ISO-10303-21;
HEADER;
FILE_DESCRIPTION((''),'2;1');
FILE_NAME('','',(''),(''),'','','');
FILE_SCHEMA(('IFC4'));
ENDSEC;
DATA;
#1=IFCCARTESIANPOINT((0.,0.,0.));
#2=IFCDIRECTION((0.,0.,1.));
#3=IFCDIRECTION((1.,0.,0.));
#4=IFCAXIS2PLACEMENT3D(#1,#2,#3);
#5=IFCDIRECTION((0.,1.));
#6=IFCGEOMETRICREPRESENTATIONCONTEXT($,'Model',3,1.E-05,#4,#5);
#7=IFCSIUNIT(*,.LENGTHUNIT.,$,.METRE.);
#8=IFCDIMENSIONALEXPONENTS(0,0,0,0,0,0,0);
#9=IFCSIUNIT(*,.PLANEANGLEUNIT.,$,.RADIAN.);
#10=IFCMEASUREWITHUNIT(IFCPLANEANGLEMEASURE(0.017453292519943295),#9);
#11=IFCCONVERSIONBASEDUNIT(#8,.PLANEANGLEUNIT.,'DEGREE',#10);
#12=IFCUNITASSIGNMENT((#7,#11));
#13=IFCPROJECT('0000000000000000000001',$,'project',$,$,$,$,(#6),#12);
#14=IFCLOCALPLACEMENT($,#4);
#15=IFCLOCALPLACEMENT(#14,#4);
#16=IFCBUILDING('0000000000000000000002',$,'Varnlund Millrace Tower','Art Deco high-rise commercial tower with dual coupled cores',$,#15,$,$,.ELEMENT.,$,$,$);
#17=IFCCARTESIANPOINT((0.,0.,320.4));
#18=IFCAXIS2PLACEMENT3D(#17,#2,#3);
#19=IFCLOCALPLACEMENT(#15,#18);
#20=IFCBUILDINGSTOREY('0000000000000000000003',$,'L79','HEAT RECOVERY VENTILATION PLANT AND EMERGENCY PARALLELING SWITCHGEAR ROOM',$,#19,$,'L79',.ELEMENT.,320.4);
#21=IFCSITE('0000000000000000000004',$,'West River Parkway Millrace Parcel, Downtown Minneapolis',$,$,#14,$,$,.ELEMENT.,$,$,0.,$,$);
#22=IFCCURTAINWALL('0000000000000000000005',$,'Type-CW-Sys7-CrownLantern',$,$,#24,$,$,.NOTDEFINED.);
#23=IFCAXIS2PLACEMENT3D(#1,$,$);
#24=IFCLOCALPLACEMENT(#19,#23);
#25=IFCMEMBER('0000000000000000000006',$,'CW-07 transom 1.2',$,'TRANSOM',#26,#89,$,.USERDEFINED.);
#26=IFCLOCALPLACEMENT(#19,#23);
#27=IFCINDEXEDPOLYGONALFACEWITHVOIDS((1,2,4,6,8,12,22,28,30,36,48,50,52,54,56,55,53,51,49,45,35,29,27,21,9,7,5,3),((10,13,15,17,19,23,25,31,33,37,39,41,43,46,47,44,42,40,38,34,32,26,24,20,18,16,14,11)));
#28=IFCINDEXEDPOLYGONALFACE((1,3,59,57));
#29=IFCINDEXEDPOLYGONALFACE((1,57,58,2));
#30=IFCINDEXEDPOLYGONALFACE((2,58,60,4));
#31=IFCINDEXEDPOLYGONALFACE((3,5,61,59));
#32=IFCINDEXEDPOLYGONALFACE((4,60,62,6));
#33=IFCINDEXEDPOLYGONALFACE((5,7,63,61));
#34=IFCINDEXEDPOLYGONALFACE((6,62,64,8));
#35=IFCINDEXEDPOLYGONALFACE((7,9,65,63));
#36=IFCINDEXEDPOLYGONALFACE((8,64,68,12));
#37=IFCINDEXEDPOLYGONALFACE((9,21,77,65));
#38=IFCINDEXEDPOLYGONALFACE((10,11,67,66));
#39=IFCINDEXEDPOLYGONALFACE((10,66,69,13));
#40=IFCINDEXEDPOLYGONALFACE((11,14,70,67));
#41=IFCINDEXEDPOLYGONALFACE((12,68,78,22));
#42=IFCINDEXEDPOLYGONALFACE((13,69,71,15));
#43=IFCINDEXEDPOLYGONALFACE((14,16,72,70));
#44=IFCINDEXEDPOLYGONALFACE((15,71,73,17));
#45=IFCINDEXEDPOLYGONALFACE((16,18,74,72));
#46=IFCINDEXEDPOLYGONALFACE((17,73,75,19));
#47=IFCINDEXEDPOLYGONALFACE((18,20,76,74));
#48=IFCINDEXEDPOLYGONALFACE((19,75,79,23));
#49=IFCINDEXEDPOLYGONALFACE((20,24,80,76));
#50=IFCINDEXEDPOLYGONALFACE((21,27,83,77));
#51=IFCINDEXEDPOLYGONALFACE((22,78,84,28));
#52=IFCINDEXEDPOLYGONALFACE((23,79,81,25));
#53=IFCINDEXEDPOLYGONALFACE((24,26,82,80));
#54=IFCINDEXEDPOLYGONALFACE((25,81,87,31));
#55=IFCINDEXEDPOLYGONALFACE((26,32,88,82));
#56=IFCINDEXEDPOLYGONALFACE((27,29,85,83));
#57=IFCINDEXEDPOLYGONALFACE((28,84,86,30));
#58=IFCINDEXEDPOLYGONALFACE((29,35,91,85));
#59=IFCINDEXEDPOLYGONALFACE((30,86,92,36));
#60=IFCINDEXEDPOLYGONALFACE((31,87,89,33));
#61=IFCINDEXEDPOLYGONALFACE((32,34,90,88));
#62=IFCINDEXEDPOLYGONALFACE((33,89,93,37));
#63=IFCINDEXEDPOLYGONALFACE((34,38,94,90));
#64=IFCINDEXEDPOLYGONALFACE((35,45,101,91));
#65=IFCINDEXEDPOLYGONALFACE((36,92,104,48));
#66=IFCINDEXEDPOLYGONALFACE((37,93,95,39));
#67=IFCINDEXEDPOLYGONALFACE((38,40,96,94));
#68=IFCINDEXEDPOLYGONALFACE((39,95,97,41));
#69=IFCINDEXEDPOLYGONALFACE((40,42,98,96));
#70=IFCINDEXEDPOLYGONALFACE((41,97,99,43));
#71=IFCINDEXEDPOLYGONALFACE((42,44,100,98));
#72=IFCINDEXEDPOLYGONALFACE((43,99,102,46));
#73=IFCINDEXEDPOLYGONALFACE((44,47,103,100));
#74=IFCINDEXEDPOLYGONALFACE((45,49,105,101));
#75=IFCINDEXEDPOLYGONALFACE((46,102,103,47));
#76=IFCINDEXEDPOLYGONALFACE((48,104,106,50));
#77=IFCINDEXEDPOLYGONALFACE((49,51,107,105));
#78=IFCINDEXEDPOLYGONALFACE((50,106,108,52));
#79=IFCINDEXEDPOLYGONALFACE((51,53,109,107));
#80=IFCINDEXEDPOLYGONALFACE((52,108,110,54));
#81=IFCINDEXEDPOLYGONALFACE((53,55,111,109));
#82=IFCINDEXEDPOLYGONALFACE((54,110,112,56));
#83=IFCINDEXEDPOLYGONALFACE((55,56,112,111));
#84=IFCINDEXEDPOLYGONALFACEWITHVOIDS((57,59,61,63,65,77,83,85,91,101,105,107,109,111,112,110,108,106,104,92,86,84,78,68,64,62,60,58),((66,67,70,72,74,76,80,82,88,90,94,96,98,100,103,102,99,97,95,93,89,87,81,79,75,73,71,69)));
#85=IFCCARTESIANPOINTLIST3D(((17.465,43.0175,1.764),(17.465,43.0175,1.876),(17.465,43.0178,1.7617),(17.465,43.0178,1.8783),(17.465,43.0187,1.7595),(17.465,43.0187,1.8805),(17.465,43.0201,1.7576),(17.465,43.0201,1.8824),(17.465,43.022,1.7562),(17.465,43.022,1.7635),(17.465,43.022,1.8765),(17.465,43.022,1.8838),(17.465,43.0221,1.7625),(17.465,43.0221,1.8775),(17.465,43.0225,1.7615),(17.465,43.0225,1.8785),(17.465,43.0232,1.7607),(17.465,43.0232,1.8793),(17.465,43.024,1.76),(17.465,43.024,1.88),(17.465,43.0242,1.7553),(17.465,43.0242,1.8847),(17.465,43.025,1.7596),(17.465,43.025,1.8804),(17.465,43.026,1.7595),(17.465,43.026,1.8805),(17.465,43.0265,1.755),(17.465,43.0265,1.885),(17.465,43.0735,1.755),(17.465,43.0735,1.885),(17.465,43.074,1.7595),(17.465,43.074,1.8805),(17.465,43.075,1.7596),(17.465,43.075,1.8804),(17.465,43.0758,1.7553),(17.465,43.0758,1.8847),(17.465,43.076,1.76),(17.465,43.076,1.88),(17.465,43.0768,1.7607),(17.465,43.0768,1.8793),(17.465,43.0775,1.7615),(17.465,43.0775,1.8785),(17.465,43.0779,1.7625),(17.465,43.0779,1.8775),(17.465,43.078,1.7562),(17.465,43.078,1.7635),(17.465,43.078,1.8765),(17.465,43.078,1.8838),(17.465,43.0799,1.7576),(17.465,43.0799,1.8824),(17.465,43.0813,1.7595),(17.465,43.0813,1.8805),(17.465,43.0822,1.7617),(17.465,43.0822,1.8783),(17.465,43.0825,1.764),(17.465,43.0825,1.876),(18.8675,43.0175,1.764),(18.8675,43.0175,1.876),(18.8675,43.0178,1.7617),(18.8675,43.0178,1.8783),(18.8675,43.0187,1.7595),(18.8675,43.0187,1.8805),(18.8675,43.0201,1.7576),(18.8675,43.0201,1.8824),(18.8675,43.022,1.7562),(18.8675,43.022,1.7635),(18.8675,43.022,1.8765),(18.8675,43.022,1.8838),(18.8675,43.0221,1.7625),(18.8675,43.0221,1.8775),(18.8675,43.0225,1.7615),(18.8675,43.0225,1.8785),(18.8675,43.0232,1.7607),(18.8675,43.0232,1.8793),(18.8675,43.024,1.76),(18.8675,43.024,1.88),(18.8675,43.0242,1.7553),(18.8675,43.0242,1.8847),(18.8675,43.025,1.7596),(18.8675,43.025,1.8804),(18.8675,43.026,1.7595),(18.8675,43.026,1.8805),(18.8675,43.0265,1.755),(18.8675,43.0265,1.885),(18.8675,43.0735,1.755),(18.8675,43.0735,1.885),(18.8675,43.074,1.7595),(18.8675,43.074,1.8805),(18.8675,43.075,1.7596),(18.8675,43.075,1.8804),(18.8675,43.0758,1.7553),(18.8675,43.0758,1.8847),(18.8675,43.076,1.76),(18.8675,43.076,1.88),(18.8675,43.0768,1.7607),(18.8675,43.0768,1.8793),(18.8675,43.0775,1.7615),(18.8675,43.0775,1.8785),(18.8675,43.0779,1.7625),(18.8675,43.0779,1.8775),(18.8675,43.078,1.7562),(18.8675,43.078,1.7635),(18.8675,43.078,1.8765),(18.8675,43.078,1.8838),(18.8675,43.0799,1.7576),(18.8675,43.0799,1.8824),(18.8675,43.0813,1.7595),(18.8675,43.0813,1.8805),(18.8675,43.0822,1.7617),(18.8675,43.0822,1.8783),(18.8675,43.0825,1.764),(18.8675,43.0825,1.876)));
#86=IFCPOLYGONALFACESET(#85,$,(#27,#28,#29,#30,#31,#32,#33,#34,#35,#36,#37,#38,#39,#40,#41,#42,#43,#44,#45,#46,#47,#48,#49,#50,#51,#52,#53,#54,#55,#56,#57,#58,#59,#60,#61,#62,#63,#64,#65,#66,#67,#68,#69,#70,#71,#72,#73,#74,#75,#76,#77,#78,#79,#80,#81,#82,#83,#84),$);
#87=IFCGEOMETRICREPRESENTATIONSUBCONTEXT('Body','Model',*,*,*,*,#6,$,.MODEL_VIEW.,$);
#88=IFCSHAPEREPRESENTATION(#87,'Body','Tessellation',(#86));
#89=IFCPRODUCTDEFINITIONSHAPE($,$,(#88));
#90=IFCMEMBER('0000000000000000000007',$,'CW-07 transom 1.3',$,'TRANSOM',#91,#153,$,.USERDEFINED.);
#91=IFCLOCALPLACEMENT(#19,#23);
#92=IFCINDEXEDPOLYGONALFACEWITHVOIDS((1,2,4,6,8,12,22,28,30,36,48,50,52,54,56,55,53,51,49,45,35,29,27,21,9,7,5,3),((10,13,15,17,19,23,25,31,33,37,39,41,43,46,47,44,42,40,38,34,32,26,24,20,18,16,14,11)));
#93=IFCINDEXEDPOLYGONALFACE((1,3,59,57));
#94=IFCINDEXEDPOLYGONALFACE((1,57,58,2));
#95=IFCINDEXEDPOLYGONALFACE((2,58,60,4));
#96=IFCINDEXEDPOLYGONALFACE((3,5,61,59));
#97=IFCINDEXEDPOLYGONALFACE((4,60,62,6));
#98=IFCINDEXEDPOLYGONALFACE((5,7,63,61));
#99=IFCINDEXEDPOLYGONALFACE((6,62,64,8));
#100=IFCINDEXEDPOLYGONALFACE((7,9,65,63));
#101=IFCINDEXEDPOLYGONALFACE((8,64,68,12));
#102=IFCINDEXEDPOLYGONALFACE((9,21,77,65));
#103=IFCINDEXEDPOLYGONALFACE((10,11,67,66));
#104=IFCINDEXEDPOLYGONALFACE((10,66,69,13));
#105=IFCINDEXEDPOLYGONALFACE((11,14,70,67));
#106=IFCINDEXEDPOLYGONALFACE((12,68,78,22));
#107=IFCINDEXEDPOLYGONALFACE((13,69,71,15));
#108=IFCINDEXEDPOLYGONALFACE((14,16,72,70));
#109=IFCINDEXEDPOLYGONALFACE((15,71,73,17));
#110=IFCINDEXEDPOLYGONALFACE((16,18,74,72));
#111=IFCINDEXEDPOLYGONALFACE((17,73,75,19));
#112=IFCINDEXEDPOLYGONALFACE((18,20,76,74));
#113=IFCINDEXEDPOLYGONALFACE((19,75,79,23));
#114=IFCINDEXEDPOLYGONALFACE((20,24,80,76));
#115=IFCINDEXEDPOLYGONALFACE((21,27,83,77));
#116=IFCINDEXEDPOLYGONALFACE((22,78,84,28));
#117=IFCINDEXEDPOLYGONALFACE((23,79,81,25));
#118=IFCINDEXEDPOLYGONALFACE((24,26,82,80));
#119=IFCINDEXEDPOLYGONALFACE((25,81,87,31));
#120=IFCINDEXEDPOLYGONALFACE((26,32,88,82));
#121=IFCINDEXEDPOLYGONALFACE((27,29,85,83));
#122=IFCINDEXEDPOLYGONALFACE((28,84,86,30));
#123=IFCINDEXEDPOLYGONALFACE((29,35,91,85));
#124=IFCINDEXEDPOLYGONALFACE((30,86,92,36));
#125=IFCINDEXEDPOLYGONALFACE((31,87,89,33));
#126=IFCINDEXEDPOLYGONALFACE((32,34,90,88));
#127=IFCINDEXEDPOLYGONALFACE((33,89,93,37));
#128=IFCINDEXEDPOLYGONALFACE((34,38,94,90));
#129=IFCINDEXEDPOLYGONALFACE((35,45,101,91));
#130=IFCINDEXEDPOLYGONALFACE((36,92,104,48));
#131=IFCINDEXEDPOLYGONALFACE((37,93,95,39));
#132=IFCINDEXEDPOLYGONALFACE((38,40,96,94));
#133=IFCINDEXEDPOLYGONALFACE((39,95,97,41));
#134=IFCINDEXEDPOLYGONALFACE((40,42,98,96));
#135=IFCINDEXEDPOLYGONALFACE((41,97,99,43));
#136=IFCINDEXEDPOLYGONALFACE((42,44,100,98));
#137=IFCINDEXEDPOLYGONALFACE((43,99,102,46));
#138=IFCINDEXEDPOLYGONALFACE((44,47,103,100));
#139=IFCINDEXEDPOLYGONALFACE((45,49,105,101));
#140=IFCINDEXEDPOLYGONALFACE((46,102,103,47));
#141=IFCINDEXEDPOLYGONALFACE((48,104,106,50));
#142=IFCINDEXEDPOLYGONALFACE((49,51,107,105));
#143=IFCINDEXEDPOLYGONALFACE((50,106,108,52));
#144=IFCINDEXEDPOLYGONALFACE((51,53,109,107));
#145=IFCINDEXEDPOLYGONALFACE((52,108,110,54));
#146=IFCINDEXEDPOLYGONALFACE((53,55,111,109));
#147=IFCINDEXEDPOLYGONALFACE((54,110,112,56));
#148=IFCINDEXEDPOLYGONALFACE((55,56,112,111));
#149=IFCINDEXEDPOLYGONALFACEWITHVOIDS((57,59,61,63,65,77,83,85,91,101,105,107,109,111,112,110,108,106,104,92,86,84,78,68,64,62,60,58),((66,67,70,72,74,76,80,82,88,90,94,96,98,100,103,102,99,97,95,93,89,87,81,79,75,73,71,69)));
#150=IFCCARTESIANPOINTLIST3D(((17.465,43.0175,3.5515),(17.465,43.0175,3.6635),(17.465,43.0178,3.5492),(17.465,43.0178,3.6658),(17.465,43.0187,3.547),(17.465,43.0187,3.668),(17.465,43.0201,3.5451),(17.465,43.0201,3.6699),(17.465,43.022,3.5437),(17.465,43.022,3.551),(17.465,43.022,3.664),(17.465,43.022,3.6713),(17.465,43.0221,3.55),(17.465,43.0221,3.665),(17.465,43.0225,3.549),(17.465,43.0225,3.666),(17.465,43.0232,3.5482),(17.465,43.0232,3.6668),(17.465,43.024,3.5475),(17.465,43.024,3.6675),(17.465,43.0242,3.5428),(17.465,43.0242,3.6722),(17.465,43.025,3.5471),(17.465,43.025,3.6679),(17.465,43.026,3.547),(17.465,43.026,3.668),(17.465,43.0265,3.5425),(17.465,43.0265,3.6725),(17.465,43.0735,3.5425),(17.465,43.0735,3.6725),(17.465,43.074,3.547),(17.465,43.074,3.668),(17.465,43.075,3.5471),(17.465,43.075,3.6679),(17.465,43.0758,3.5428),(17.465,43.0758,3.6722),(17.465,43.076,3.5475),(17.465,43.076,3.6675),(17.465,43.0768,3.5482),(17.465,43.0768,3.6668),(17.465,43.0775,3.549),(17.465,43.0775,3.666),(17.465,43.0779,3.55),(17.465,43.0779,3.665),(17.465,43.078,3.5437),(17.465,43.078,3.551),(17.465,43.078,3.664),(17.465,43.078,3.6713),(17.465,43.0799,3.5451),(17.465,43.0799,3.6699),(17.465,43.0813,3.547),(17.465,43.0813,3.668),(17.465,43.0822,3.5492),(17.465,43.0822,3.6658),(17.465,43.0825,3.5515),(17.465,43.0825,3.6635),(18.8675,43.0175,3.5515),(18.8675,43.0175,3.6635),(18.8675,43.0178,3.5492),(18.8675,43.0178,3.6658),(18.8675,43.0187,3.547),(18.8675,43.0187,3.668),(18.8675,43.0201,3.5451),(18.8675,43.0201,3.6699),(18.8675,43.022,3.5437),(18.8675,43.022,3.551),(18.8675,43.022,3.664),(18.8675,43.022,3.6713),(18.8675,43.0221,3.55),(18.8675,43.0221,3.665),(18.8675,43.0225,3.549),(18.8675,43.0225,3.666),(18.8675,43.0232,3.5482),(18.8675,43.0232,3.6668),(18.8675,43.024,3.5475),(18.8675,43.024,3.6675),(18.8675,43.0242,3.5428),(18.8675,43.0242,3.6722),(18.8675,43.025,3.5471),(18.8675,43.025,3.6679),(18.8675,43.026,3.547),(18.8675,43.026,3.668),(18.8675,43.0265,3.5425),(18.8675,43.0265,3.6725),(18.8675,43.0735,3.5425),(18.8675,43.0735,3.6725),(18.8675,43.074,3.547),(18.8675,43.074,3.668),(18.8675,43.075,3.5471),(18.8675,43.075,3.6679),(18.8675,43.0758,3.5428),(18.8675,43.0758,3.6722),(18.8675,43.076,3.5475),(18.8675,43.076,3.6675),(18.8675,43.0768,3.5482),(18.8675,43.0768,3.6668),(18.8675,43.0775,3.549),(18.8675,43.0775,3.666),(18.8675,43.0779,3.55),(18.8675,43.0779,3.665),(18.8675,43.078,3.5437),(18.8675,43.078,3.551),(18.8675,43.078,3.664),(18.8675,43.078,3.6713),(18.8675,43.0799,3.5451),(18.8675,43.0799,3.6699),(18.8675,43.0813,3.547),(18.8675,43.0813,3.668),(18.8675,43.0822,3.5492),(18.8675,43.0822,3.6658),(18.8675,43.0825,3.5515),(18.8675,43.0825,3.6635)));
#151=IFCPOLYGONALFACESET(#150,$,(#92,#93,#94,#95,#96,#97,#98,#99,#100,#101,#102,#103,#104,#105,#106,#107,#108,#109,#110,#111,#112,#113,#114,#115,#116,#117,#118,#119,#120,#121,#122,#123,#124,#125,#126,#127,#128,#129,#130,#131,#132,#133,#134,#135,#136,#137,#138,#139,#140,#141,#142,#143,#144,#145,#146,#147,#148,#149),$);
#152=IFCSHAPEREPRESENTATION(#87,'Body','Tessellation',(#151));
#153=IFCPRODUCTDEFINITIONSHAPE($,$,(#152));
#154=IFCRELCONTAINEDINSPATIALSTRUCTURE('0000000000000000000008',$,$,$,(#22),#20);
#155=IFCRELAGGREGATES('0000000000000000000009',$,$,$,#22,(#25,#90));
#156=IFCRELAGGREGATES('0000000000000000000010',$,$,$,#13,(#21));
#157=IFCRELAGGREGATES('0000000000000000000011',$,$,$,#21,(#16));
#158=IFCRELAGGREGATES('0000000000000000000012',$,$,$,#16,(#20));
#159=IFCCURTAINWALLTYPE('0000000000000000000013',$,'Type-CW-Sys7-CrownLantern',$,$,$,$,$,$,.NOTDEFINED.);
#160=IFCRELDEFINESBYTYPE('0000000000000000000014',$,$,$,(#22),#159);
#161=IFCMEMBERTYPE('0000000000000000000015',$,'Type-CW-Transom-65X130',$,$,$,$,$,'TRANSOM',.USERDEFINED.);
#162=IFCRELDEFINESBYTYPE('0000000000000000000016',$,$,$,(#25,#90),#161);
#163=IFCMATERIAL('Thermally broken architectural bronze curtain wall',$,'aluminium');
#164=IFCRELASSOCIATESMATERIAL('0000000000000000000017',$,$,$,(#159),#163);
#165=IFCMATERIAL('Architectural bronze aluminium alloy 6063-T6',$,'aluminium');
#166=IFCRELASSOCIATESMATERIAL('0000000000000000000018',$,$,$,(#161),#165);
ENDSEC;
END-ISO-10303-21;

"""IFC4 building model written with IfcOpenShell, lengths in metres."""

from ifc_helpers import new_model, entity, si_unit, converted_unit, direction, frame, origin_with_axes, origin_2d_with_axis, place, context, subcontext, project, spatial, hollow_rectangle, extrude, material, material_profile, profile_set, type_object, element, aggregate, save


model = new_model("IFC4")

# Units and contexts
model_context = context("Model", 3, precision=1e-05, world=origin_with_axes(), true_north=direction((0.0, 1.0)))
body_context = subcontext(model_context, "Body", "Model", "MODEL_VIEW")
ifc_project = project(units=[si_unit("LENGTHUNIT", "METRE"), converted_unit("PLANEANGLEUNIT", "DEGREE", entity("IfcPlaneAngleMeasure", 0.017453292519943295), si_unit("PLANEANGLEUNIT", "RADIAN"), dimensions=[0, 0, 0, 0, 0, 0, 0])], contexts=[model_context])

# Site, building, storey
site_placement = place(None, origin_with_axes())
site = spatial("IfcSite", under=ifc_project, at=site_placement, Name="West River Parkway Millrace Parcel, Downtown Minneapolis", CompositionType="ELEMENT", RefElevation=0.0)
building_placement = place(site_placement, origin_with_axes())
building = spatial("IfcBuilding", under=site, at=building_placement, Name="Varnlund Millrace Tower", Description="Art Deco high-rise commercial tower with dual coupled cores", CompositionType="ELEMENT")
storey_placement = place(building_placement, frame((0.0, 0.0, 320.4), z_axis=(0.0, 0.0, 1.0), x_axis=(1.0, 0.0, 0.0)))
storey = spatial("IfcBuildingStorey", under=building, at=storey_placement, Name="L79", Description="HEAT RECOVERY VENTILATION PLANT AND EMERGENCY PARALLELING SWITCHGEAR ROOM", LongName="L79", CompositionType="ELEMENT", Elevation=320.4)

# Curtain wall, members
ifc_material_1 = material(Name="Thermally broken architectural bronze curtain wall", Category="aluminium")
curtain_wall_type = type_object("IfcCurtainWallType", Name="Type-CW-Sys7-CrownLantern", PredefinedType="NOTDEFINED", material=ifc_material_1)
ifc_material_2 = material(Name="Architectural bronze aluminium alloy 6063-T6", Category="aluminium")
ifc_material_profile_1 = material_profile(ifc_material_2, hollow_rectangle(XDim=0.065, YDim=0.13, WallThickness=0.0045, InnerFilletRadius=0.004, OuterFilletRadius=0.009, at=origin_2d_with_axis()), Name="Architectural bronze aluminium alloy 6063-T6")
ifc_profile_set_1 = profile_set([ifc_material_profile_1], Name="Architectural bronze aluminium alloy 6063-T6")
member_type = type_object("IfcMemberType", Name="Type-CW-Transom-65X130", ElementType="TRANSOM", PredefinedType="USERDEFINED", material=ifc_profile_set_1)
curtain_wall_1_placement = place(storey_placement, frame((17.4, 43.05, 0.0), z_axis=(0.0, 0.0, 1.0), x_axis=(1.0, 0.0, 0.0)))
curtain_wall_1 = element("IfcCurtainWall", 1, at=curtain_wall_1_placement, inside=storey, type_object=curtain_wall_type, Name="Type-CW-Sys7-CrownLantern", PredefinedType="NOTDEFINED")
member_1_placement = place(storey_placement, frame((17.465, 43.05, 1.82), z_axis=(1.0, 0.0, 0.0), x_axis=(0.0, 1.0, 0.0)))
member_1 = element("IfcMember", 2, at=member_1_placement, type_object=member_type, Name="CW-07 transom 1.2", ObjectType="TRANSOM", PredefinedType="USERDEFINED", context=body_context, shape_type="SweptSolid", body=[
    extrude(hollow_rectangle(XDim=0.065, YDim=0.13, WallThickness=0.0045, InnerFilletRadius=0.004, OuterFilletRadius=0.009, at=origin_2d_with_axis()), origin_with_axes(), (0.0, 0.0, 1.0), 1.4025),
])
member_2_placement = place(storey_placement, frame((17.465, 43.05, 3.6075), z_axis=(1.0, 0.0, 0.0), x_axis=(0.0, 1.0, 0.0)))
member_2 = element("IfcMember", 3, at=member_2_placement, type_object=member_type, Name="CW-07 transom 1.3", ObjectType="TRANSOM", PredefinedType="USERDEFINED", context=body_context, shape_type="SweptSolid", body=[
    extrude(hollow_rectangle(XDim=0.065, YDim=0.13, WallThickness=0.0045, InnerFilletRadius=0.004, OuterFilletRadius=0.009, at=origin_2d_with_axis()), origin_with_axes(), (0.0, 0.0, 1.0), 1.4025),
])

aggregate(curtain_wall_1, [member_1, member_2])

save(model, "model.ifc")
